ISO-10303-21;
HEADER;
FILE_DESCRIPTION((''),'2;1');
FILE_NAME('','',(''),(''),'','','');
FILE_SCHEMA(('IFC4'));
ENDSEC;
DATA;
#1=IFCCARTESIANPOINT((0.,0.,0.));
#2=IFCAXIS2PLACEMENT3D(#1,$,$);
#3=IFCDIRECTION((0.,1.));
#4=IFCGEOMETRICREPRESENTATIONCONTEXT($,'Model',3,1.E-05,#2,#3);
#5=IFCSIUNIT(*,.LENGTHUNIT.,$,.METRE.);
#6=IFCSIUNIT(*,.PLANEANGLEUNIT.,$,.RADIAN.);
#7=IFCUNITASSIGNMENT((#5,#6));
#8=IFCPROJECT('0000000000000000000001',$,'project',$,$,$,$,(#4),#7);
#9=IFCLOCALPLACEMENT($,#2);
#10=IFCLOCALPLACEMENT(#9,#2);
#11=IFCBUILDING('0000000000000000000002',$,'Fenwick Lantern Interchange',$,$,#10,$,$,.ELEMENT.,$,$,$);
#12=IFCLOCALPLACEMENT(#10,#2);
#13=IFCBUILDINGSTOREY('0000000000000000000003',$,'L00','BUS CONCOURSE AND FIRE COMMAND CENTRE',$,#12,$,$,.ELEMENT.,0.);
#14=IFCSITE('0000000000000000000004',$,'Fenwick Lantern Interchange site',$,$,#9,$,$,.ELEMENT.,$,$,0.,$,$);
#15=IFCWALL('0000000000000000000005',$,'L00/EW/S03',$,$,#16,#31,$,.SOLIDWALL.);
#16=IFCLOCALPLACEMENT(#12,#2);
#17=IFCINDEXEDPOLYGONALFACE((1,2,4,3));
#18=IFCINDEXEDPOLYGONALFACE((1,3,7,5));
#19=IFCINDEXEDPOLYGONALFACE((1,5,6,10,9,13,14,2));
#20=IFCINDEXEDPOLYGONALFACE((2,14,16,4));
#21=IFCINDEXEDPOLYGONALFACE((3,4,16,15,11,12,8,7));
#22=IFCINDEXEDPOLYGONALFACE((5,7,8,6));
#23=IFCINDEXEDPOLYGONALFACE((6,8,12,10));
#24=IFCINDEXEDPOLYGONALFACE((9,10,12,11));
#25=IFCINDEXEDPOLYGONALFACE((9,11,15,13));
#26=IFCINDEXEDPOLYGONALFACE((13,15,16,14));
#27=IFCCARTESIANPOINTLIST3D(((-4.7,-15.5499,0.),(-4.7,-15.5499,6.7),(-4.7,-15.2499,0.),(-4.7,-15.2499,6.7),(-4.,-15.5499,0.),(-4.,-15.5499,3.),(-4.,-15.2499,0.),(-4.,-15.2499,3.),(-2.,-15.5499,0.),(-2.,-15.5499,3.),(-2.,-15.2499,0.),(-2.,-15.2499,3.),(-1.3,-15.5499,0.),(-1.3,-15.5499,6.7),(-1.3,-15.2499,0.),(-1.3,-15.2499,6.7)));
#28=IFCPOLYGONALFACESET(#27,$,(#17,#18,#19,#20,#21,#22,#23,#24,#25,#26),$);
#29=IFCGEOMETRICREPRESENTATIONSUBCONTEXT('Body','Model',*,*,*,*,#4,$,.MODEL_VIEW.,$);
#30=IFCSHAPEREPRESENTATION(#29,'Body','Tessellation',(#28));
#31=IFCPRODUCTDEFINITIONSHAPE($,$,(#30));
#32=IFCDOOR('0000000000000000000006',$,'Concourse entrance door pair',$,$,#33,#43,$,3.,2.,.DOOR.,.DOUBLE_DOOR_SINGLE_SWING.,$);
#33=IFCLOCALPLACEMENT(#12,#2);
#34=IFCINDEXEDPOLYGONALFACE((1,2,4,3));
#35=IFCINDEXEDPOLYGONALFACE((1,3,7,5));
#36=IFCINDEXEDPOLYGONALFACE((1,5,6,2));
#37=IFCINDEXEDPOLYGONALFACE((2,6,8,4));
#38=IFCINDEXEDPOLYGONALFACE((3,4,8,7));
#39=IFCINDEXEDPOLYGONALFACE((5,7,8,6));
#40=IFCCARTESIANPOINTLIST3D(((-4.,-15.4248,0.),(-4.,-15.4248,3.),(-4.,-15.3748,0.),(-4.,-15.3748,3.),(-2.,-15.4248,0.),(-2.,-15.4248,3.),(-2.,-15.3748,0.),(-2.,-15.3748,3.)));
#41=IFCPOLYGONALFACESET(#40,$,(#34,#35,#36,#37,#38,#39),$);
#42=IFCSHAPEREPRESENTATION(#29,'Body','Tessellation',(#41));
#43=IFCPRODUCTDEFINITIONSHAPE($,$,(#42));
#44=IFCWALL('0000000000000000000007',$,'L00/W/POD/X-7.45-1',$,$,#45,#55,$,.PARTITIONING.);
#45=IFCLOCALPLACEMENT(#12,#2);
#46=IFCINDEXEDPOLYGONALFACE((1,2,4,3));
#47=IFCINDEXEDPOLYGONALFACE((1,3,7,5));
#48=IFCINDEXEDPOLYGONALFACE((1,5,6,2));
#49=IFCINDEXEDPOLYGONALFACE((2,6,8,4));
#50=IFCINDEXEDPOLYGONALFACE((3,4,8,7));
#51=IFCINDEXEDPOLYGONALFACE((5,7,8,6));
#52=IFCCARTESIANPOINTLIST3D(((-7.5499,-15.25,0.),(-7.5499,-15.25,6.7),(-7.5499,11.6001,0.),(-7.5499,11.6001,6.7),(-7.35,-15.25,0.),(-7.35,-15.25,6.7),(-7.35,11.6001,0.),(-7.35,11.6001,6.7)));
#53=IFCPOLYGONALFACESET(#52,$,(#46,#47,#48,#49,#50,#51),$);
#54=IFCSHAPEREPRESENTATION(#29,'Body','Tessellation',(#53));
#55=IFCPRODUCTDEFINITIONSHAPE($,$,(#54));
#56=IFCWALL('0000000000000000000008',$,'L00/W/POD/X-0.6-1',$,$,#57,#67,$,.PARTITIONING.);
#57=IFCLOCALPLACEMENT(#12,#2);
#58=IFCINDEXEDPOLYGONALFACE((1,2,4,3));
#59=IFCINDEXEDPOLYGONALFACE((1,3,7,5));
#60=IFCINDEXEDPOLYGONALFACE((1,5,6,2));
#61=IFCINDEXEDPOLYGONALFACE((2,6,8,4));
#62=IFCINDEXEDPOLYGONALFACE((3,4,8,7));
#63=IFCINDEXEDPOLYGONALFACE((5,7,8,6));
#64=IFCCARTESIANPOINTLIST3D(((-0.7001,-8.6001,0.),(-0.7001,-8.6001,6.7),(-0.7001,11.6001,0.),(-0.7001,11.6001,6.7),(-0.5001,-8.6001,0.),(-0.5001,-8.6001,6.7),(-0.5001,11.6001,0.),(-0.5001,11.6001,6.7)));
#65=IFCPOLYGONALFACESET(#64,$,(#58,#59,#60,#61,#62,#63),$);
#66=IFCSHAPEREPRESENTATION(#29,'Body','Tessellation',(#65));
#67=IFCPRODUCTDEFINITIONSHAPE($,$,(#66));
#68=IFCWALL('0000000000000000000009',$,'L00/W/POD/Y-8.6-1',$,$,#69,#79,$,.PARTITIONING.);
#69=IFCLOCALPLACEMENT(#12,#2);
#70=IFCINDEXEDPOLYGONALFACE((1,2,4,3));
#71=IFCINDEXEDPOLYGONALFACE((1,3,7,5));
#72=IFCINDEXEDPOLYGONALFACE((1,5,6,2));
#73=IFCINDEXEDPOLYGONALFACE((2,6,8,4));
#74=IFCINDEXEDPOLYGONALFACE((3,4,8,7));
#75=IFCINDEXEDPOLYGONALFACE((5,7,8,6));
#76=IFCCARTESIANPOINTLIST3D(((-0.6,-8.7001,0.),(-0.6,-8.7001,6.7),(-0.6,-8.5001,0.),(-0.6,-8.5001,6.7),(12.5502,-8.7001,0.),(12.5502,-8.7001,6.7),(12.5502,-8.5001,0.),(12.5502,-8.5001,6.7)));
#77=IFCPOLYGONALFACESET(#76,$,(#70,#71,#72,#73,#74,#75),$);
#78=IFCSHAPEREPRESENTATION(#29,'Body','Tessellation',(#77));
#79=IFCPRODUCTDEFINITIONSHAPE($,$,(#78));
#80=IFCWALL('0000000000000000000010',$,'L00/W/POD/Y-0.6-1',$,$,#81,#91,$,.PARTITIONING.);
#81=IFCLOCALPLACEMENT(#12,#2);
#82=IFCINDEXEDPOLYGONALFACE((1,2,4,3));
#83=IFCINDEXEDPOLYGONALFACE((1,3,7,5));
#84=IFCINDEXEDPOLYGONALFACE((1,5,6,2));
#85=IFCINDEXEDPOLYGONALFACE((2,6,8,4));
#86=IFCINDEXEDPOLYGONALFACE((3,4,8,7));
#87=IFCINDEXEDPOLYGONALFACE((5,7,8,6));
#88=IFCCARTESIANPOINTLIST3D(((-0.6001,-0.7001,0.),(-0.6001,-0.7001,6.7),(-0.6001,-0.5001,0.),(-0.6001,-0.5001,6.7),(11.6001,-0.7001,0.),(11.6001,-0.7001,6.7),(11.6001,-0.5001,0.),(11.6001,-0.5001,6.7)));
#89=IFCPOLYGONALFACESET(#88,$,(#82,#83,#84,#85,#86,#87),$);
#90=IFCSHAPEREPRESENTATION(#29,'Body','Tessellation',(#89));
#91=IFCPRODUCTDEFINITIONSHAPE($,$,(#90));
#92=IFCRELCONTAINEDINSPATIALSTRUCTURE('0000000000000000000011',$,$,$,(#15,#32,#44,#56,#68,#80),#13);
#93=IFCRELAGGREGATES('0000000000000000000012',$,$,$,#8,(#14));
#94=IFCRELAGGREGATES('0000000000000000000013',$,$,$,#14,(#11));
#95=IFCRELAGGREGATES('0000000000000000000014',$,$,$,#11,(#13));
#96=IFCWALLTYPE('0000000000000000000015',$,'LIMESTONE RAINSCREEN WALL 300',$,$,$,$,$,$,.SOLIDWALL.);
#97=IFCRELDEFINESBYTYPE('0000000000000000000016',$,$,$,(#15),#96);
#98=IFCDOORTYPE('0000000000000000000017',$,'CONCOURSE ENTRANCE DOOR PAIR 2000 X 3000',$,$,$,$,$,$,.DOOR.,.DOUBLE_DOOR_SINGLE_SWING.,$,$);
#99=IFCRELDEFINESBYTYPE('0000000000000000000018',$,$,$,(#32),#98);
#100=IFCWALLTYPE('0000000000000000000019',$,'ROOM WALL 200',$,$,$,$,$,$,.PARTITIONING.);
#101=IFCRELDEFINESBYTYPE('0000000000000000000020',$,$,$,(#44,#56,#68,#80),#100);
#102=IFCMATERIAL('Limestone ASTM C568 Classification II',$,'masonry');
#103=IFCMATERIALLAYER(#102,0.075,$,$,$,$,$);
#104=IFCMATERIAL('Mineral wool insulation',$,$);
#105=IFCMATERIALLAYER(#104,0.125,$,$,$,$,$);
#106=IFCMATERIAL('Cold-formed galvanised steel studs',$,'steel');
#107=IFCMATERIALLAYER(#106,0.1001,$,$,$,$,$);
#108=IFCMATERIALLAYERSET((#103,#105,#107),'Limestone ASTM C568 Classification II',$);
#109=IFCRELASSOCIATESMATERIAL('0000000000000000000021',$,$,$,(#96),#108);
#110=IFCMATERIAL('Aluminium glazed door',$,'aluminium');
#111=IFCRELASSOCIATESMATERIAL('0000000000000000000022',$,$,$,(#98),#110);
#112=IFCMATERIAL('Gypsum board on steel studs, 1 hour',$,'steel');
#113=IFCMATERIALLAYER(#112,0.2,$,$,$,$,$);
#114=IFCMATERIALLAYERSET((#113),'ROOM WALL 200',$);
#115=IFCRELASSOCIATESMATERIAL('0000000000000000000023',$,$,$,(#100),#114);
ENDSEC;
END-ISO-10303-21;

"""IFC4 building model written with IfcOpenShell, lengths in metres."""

from ifc_helpers import new_model, si_unit, direction, frame, frame_2d, origin, place, context, subcontext, project, spatial, rectangle, extrude, material, layer, layer_set, type_object, element, fill, save


model = new_model("IFC4")

# Units and contexts
model_context = context("Model", 3, precision=1e-05, world=origin(), true_north=direction((0.0, 1.0)))
body_context = subcontext(model_context, "Body", "Model", "MODEL_VIEW")
ifc_project = project(units=[si_unit("LENGTHUNIT", "METRE"), si_unit("PLANEANGLEUNIT", "RADIAN")], contexts=[model_context])

# Site, building, storey
site_placement = place(None, origin())
site = spatial("IfcSite", under=ifc_project, at=site_placement, Name="Fenwick Lantern Interchange site", CompositionType="ELEMENT", RefElevation=0.0)
building_placement = place(site_placement, origin())
building = spatial("IfcBuilding", under=site, at=building_placement, Name="Fenwick Lantern Interchange", CompositionType="ELEMENT")
storey_placement = place(building_placement, origin())
storey = spatial("IfcBuildingStorey", under=building, at=storey_placement, Name="L00", Description="BUS CONCOURSE AND FIRE COMMAND CENTRE", CompositionType="ELEMENT", Elevation=0.0)

# Wall, opening, door
ifc_material_1 = material(Name="Limestone ASTM C568 Classification II", Category="masonry")
ifc_layer_1 = layer(ifc_material_1, 0.075)
ifc_material_2 = material(Name="Mineral wool insulation")
ifc_layer_2 = layer(ifc_material_2, 0.125)
ifc_material_3 = material(Name="Cold-formed galvanised steel studs", Category="steel")
ifc_layer_3 = layer(ifc_material_3, 0.1001)
ifc_layer_set_1 = layer_set([ifc_layer_1, ifc_layer_2, ifc_layer_3], Name="Limestone ASTM C568 Classification II")
wall_type_1 = type_object("IfcWallType", Name="LIMESTONE RAINSCREEN WALL 300", PredefinedType="SOLIDWALL", material=ifc_layer_set_1)
wall_1_placement = place(storey_placement, frame((-4.7, -15.3999, 0.0), z_axis=(0.0, 0.0, 1.0), x_axis=(1.0, 0.0, 0.0)))
wall_1 = element("IfcWall", 1, at=wall_1_placement, inside=storey, type_object=wall_type_1, Name="L00/EW/S03", PredefinedType="SOLIDWALL", context=body_context, shape_type="SweptSolid", body=[
    extrude(rectangle(XDim=3.3999, YDim=0.3, at=frame_2d((1.7, 0.0))), origin(), (0.0, 0.0, 1.0), 6.7),
])
opening_placement = place(wall_1_placement, frame((0.7, 0.0, 0.0)))
opening = element("IfcOpeningElement", 2, at=opening_placement, cuts=wall_1, PredefinedType="OPENING", context=body_context, shape_type="SweptSolid", body=[
    extrude(rectangle(XDim=2.0, YDim=3.0, at=frame_2d((1.0, 1.5))), frame((0.0, 0.1599, 0.0), z_axis=(0.0, -1.0, 0.0), x_axis=(1.0, 0.0, 0.0)), (0.0, 0.0, 1.0), 0.3201),
])
ifc_material_4 = material(Name="Aluminium glazed door", Category="aluminium")
door_type = type_object("IfcDoorType", Name="CONCOURSE ENTRANCE DOOR PAIR 2000 X 3000", OperationType="DOUBLE_DOOR_SINGLE_SWING", PredefinedType="DOOR", material=ifc_material_4)
door_placement = place(opening_placement, frame((2.0, 0.0, 0.0), z_axis=(0.0, 0.0, 1.0), x_axis=(-1.0, 0.0, 0.0)))
door = element("IfcDoor", 3, at=door_placement, inside=storey, type_object=door_type, Name="Concourse entrance door pair", OperationType="DOUBLE_DOOR_SINGLE_SWING", OverallHeight=3.0, OverallWidth=2.0, PredefinedType="DOOR", context=body_context, shape_type="SweptSolid", body=[
    extrude(rectangle(XDim=2.0, YDim=3.0, at=frame_2d((1.0, 1.5))), frame((0.0, 0.0249, 0.0), z_axis=(0.0, -1.0, 0.0), x_axis=(1.0, 0.0, 0.0)), (0.0, 0.0, 1.0), 0.05),
])
fill(opening, door)

# Walls
ifc_material_5 = material(Name="Gypsum board on steel studs, 1 hour", Category="steel")
ifc_layer_4 = layer(ifc_material_5, 0.2)
ifc_layer_set_2 = layer_set([ifc_layer_4], Name="ROOM WALL 200")
wall_type_2 = type_object("IfcWallType", Name="ROOM WALL 200", PredefinedType="PARTITIONING", material=ifc_layer_set_2)
wall_2_placement = place(storey_placement, frame((-7.45, -15.25, 0.0), z_axis=(0.0, 0.0, 1.0), x_axis=(0.0, 1.0, 0.0)))
element("IfcWall", 4, at=wall_2_placement, inside=storey, type_object=wall_type_2, Name="L00/W/POD/X-7.45-1", PredefinedType="PARTITIONING", context=body_context, shape_type="SweptSolid", body=[
    extrude(rectangle(XDim=26.8501, YDim=0.2, at=frame_2d((13.425, 0.0))), origin(), (0.0, 0.0, 1.0), 6.7),
])
wall_3_placement = place(storey_placement, frame((-0.6001, -8.6001, 0.0), z_axis=(0.0, 0.0, 1.0), x_axis=(0.0, 1.0, 0.0)))
element("IfcWall", 5, at=wall_3_placement, inside=storey, type_object=wall_type_2, Name="L00/W/POD/X-0.6-1", PredefinedType="PARTITIONING", context=body_context, shape_type="SweptSolid", body=[
    extrude(rectangle(XDim=20.2002, YDim=0.2, at=frame_2d((10.1001, 0.0))), origin(), (0.0, 0.0, 1.0), 6.7),
])
wall_4_placement = place(storey_placement, frame((-0.6001, -8.6001, 0.0), z_axis=(0.0, 0.0, 1.0), x_axis=(1.0, 0.0, 0.0)))
element("IfcWall", 6, at=wall_4_placement, inside=storey, type_object=wall_type_2, Name="L00/W/POD/Y-8.6-1", PredefinedType="PARTITIONING", context=body_context, shape_type="SweptSolid", body=[
    extrude(rectangle(XDim=13.1501, YDim=0.2, at=frame_2d((6.5752, 0.0))), origin(), (0.0, 0.0, 1.0), 6.7),
])
wall_5_placement = place(storey_placement, frame((-0.6001, -0.6001, 0.0), z_axis=(0.0, 0.0, 1.0), x_axis=(1.0, 0.0, 0.0)))
element("IfcWall", 7, at=wall_5_placement, inside=storey, type_object=wall_type_2, Name="L00/W/POD/Y-0.6-1", PredefinedType="PARTITIONING", context=body_context, shape_type="SweptSolid", body=[
    extrude(rectangle(XDim=12.2002, YDim=0.2, at=frame_2d((6.1001, 0.0))), origin(), (0.0, 0.0, 1.0), 6.7),
])

save(model, "model.ifc")
